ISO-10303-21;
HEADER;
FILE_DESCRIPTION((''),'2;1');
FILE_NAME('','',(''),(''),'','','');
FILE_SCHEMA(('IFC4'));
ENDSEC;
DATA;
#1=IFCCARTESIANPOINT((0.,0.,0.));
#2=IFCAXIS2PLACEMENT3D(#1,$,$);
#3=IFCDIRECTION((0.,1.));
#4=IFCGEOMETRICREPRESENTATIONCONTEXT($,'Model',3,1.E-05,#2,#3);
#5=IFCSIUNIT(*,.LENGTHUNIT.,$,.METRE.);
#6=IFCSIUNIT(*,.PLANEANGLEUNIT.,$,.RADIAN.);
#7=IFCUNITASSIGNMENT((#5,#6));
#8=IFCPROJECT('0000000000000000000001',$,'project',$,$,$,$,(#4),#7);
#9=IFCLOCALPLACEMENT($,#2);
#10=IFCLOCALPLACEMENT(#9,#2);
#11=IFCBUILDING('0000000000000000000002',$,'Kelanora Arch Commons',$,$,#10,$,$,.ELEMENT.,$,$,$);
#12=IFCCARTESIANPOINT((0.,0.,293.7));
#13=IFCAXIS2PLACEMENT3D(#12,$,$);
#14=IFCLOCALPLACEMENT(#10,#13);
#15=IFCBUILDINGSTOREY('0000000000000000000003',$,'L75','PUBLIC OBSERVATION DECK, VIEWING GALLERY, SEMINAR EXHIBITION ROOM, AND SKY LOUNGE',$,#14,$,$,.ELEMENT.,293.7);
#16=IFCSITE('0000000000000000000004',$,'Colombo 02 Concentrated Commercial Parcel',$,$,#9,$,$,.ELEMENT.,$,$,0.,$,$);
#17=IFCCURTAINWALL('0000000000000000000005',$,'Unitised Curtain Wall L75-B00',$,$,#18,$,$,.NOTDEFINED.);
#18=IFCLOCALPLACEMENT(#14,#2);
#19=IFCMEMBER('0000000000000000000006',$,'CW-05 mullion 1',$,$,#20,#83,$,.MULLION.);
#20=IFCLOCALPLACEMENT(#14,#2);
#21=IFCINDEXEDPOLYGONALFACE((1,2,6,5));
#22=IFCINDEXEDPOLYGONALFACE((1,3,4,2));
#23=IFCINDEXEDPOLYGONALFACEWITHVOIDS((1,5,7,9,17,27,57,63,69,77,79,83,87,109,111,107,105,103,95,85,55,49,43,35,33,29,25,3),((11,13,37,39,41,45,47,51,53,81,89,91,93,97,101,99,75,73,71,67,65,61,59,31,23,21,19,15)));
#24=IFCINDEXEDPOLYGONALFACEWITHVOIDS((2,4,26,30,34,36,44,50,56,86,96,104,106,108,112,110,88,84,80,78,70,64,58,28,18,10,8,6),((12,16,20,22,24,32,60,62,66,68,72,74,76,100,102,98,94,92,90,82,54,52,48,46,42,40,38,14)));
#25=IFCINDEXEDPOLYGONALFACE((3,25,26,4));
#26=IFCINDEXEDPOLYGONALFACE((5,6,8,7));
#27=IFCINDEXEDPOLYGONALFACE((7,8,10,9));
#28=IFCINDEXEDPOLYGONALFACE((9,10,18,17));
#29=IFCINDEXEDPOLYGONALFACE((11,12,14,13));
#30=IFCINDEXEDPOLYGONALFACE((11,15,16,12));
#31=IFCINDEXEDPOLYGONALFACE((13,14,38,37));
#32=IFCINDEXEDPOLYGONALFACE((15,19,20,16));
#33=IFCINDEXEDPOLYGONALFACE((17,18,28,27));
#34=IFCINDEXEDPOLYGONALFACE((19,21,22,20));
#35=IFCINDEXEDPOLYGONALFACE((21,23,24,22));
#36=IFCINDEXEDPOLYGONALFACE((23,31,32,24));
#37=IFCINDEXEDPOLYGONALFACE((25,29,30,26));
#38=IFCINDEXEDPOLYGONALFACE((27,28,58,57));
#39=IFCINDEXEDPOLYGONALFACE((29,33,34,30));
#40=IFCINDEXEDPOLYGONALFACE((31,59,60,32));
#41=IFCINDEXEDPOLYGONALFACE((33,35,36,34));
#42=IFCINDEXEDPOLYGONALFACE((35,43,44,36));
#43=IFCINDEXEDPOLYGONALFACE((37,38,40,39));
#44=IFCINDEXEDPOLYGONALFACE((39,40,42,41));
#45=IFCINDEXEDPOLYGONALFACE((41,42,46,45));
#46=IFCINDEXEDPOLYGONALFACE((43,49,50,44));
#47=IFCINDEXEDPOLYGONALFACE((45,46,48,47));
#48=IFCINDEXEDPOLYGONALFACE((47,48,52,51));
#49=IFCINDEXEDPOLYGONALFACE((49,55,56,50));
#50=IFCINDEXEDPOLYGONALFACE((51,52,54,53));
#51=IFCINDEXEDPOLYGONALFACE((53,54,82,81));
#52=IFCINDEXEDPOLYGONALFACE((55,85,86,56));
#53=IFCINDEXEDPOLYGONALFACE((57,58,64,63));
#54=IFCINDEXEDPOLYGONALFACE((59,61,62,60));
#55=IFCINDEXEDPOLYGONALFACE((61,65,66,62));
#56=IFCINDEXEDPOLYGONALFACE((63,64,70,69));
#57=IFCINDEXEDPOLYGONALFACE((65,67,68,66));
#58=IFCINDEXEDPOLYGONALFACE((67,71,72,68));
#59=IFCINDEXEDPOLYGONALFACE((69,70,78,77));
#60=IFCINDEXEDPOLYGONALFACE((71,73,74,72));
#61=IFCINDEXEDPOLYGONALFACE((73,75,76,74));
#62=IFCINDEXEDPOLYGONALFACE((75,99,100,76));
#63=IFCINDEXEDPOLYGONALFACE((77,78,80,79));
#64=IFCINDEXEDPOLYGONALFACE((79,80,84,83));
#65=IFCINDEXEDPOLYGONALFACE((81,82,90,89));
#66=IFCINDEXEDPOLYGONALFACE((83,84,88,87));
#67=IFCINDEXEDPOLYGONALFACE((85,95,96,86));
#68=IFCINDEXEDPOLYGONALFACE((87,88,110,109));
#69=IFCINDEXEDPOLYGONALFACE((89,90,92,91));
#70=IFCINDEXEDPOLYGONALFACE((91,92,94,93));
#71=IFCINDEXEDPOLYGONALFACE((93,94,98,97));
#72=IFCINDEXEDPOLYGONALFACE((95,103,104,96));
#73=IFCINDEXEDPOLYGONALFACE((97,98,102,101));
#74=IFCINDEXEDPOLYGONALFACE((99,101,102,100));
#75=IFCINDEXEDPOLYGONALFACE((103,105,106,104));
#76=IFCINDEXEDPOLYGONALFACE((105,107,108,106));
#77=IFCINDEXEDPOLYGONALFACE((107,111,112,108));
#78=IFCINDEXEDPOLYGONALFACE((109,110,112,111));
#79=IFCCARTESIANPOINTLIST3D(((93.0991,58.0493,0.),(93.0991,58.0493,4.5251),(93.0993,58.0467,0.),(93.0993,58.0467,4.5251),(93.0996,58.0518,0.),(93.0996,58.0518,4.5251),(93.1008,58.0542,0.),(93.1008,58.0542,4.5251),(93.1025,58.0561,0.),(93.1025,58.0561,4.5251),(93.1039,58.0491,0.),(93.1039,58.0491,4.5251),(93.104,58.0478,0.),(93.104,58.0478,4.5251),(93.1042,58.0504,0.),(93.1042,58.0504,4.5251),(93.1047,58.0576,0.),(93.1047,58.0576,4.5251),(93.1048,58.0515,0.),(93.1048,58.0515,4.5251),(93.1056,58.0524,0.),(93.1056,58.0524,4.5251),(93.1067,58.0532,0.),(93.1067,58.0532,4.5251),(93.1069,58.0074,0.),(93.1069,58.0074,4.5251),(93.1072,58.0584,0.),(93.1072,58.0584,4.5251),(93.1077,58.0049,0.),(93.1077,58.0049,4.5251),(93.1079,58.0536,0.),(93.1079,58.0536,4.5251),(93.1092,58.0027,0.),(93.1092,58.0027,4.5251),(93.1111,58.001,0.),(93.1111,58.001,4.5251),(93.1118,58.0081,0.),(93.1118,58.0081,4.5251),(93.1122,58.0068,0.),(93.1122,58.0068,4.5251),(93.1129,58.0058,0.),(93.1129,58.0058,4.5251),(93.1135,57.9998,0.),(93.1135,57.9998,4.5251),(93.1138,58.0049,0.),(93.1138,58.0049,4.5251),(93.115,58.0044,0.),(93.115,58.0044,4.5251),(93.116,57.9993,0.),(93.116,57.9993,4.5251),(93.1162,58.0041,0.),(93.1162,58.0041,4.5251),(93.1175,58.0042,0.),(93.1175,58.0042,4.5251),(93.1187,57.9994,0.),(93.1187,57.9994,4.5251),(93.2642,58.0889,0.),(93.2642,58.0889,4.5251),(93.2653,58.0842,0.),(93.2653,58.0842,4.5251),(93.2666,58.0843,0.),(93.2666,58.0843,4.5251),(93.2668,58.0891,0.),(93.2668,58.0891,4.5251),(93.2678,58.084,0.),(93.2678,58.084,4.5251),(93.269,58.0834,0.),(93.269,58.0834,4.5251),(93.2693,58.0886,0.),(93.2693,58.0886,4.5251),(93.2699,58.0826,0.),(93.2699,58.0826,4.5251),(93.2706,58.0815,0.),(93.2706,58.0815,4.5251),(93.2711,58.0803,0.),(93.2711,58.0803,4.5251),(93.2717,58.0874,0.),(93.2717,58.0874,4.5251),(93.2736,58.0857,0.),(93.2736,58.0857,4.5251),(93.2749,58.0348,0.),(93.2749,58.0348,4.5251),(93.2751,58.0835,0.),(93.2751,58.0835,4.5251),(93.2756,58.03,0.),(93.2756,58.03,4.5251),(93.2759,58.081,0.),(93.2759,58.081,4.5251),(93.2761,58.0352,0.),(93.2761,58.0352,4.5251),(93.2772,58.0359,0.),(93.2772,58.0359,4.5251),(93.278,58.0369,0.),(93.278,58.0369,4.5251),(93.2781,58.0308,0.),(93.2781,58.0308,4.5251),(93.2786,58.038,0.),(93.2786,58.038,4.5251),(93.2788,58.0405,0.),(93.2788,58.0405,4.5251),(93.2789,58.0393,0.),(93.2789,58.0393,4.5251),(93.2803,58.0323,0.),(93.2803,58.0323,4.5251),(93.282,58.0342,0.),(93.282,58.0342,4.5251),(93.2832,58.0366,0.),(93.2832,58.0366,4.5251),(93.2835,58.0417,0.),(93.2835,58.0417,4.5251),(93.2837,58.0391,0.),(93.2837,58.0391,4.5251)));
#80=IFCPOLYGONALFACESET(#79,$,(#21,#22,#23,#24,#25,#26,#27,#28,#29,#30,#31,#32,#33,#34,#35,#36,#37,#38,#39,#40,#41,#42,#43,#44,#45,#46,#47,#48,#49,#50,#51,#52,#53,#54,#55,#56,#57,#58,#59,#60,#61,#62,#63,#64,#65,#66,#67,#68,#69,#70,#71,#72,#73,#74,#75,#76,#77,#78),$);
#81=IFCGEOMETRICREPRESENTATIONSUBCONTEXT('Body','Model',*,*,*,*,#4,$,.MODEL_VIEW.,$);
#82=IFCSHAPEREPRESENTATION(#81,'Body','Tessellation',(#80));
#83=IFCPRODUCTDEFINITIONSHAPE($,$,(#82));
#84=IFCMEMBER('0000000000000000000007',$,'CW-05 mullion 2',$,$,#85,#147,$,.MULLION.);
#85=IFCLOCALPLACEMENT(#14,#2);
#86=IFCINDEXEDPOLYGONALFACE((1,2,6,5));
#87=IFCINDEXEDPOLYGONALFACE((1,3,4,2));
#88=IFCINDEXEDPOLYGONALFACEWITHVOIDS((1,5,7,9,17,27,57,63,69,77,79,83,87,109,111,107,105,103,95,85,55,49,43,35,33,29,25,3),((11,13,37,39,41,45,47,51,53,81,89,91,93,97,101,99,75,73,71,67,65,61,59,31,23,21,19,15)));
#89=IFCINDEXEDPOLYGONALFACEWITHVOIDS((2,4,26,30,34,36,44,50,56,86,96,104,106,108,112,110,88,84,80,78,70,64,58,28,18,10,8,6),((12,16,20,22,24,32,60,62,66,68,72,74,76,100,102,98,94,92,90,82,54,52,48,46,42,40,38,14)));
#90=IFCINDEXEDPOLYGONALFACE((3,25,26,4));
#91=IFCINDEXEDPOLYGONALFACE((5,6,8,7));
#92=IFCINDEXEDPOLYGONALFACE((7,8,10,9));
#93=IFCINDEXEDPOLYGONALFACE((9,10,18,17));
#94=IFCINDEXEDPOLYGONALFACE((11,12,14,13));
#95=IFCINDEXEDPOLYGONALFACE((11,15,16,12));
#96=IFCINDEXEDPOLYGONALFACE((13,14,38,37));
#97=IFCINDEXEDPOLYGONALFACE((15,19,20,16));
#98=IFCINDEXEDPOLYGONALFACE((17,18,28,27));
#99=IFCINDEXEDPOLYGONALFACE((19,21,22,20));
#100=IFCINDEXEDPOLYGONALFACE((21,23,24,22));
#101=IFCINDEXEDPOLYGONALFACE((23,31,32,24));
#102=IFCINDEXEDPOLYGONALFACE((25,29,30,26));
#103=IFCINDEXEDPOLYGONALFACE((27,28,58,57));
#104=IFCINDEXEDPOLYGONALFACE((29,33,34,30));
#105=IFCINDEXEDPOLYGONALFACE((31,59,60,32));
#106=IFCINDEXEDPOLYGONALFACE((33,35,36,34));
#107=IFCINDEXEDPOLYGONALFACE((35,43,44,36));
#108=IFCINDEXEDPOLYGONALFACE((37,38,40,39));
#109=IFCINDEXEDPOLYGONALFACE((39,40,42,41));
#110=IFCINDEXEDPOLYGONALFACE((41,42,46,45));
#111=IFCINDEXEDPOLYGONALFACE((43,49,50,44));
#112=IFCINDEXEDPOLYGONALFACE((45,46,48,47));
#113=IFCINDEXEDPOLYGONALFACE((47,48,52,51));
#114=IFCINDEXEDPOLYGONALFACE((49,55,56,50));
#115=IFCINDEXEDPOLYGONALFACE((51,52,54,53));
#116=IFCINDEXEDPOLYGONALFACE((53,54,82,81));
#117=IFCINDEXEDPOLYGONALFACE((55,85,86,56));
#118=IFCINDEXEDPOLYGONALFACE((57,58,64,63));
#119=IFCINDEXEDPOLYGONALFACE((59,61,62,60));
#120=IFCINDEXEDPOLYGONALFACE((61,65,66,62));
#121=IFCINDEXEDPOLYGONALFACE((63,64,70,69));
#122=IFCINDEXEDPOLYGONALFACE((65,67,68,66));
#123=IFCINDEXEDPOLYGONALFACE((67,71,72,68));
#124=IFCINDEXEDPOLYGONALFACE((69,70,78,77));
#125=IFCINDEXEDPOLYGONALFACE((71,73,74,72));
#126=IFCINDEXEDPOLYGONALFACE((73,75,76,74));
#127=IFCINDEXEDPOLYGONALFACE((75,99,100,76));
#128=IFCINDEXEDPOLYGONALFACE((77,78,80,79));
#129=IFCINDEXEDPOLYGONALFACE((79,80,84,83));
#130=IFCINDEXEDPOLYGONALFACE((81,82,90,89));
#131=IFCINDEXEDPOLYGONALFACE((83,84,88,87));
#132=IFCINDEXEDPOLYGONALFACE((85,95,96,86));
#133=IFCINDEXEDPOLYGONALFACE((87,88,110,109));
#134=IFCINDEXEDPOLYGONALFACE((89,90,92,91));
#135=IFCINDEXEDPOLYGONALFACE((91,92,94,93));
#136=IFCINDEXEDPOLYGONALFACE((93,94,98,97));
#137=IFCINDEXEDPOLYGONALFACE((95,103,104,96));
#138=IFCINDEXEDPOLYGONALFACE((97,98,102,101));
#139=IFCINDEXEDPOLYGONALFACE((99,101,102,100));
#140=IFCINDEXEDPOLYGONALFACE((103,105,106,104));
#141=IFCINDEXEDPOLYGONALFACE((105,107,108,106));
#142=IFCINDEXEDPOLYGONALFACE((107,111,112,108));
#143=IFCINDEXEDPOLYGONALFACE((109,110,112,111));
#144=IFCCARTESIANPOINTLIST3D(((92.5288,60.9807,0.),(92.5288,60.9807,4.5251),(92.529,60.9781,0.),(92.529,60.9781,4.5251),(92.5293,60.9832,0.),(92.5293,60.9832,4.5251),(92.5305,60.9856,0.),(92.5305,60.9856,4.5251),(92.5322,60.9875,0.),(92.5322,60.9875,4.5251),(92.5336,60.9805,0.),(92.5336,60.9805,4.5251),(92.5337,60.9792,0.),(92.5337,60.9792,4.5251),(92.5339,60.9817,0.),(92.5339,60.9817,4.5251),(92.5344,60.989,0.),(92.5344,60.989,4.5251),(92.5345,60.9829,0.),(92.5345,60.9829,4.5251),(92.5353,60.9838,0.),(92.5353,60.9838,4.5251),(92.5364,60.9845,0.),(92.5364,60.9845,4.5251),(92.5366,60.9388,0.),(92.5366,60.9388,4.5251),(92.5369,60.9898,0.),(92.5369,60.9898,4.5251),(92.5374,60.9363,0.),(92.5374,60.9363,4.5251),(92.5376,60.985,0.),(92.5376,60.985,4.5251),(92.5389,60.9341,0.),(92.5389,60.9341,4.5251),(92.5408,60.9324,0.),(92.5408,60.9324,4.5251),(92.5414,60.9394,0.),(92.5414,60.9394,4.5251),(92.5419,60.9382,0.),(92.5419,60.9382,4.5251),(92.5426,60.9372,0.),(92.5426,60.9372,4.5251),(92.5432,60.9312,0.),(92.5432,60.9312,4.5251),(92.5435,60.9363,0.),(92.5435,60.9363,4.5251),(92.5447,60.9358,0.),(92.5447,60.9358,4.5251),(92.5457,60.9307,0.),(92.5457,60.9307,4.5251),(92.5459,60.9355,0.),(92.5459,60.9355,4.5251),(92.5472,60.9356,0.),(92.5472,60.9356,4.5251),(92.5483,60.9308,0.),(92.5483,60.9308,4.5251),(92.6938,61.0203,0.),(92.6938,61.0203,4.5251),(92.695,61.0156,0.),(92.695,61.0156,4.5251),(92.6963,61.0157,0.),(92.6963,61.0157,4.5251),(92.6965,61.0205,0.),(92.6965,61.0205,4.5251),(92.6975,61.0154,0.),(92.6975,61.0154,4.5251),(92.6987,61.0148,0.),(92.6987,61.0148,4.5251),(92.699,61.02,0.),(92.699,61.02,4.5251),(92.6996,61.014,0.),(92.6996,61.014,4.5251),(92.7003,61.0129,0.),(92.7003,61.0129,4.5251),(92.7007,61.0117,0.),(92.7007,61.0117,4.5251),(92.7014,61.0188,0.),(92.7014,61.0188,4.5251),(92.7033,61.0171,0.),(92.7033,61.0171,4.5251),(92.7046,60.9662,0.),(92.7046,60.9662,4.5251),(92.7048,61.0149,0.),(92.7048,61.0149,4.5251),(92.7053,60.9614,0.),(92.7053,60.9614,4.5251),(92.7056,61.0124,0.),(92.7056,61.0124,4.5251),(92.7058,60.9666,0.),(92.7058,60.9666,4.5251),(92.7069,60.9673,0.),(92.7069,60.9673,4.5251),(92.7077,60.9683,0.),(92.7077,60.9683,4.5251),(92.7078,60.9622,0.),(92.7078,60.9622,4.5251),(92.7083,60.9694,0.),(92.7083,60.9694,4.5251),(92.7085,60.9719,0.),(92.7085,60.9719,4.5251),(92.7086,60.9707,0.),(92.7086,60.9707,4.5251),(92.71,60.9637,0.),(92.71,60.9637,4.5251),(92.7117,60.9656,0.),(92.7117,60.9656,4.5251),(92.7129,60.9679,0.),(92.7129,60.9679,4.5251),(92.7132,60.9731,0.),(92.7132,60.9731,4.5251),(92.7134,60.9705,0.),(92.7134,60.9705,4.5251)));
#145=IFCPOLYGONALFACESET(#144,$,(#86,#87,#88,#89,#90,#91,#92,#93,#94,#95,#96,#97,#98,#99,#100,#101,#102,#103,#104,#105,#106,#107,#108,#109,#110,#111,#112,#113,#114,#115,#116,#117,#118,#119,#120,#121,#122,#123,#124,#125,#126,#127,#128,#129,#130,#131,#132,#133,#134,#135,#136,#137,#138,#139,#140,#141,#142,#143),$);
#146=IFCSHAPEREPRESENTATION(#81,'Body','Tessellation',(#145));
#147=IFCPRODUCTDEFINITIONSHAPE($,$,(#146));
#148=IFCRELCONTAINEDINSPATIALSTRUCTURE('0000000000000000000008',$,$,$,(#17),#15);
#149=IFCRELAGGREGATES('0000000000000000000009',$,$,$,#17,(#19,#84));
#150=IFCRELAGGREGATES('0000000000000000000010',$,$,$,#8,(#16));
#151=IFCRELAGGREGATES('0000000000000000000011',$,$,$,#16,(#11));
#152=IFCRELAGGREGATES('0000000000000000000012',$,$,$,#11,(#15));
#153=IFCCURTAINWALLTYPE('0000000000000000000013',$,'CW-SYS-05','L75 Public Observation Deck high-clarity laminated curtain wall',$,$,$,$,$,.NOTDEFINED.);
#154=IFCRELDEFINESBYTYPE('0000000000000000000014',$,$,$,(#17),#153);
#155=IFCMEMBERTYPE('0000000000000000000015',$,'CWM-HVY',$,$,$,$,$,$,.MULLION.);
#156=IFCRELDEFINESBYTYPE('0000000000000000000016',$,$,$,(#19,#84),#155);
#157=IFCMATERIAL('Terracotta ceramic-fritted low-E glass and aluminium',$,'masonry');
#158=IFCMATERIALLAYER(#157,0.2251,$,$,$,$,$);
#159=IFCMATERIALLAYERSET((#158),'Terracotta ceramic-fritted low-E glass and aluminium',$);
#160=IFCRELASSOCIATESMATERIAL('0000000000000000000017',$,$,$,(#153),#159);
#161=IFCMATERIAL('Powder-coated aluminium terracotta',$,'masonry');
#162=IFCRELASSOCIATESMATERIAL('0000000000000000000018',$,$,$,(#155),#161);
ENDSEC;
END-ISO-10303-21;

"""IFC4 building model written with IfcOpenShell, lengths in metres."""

from ifc_helpers import new_model, si_unit, direction, frame, origin, origin_2d, place, context, subcontext, project, spatial, hollow_rectangle, extrude, material, layer, layer_set, material_profile, profile_set, type_object, element, aggregate, save


model = new_model("IFC4")

# Units and contexts
model_context = context("Model", 3, precision=1e-05, world=origin(), true_north=direction((0.0, 1.0)))
body_context = subcontext(model_context, "Body", "Model", "MODEL_VIEW")
ifc_project = project(units=[si_unit("LENGTHUNIT", "METRE"), si_unit("PLANEANGLEUNIT", "RADIAN")], contexts=[model_context])

# Site, building, storey
site_placement = place(None, origin())
site = spatial("IfcSite", under=ifc_project, at=site_placement, Name="Colombo 02 Concentrated Commercial Parcel", CompositionType="ELEMENT", RefElevation=0.0)
building_placement = place(site_placement, origin())
building = spatial("IfcBuilding", under=site, at=building_placement, Name="Kelanora Arch Commons", CompositionType="ELEMENT")
storey_placement = place(building_placement, frame((0.0, 0.0, 293.7)))
storey = spatial("IfcBuildingStorey", under=building, at=storey_placement, Name="L75", Description="PUBLIC OBSERVATION DECK, VIEWING GALLERY, SEMINAR EXHIBITION ROOM, AND SKY LOUNGE", CompositionType="ELEMENT", Elevation=293.7)

# Curtain wall, members
ifc_material_1 = material(Name="Terracotta ceramic-fritted low-E glass and aluminium", Category="masonry")
ifc_layer_1 = layer(ifc_material_1, 0.2251)
ifc_layer_set_1 = layer_set([ifc_layer_1], Name="Terracotta ceramic-fritted low-E glass and aluminium")
curtain_wall_type = type_object("IfcCurtainWallType", Name="CW-SYS-05", Description="L75 Public Observation Deck high-clarity laminated curtain wall", PredefinedType="NOTDEFINED", material=ifc_layer_set_1)
curtain_wall_1_placement = place(storey_placement, origin())
curtain_wall_1 = element("IfcCurtainWall", 1, at=curtain_wall_1_placement, inside=storey, type_object=curtain_wall_type, Name="Unitised Curtain Wall L75-B00", PredefinedType="NOTDEFINED")
ifc_material_2 = material(Name="Powder-coated aluminium terracotta", Category="masonry")
ifc_material_profile_1 = material_profile(ifc_material_2, hollow_rectangle(XDim=0.1799, YDim=0.0601, WallThickness=0.0049, InnerFilletRadius=0.0049, OuterFilletRadius=0.01, at=origin_2d()), Name="CWM180x60")
ifc_profile_set_1 = profile_set([ifc_material_profile_1], Name="Powder-coated aluminium terracotta")
member_type_1 = type_object("IfcMemberType", Name="CWM-HVY", PredefinedType="MULLION", material=ifc_profile_set_1)
member_1_placement = place(storey_placement, frame((93.1914, 58.0442, 0.0), z_axis=(0.0, 0.0, 1.0), x_axis=(-0.981596, -0.190972, 0.0)))
member_1 = element("IfcMember", 2, at=member_1_placement, type_object=member_type_1, Name="CW-05 mullion 1", PredefinedType="MULLION", context=body_context, shape_type="SweptSolid", body=[
    extrude(hollow_rectangle(XDim=0.1799, YDim=0.0601, WallThickness=0.0049, InnerFilletRadius=0.0049, OuterFilletRadius=0.01, at=origin_2d()), origin(), (0.0, 0.0, 1.0), 4.5251),
])
member_2_placement = place(storey_placement, frame((92.6211, 60.9756, 0.0), z_axis=(0.0, 0.0, 1.0), x_axis=(-0.981596, -0.190972, 0.0)))
member_2 = element("IfcMember", 3, at=member_2_placement, type_object=member_type_1, Name="CW-05 mullion 2", PredefinedType="MULLION", context=body_context, shape_type="SweptSolid", body=[
    extrude(hollow_rectangle(XDim=0.1799, YDim=0.0601, WallThickness=0.0049, InnerFilletRadius=0.0049, OuterFilletRadius=0.01, at=origin_2d()), origin(), (0.0, 0.0, 1.0), 4.5251),
])

aggregate(curtain_wall_1, [member_1, member_2])

save(model, "model.ifc")
